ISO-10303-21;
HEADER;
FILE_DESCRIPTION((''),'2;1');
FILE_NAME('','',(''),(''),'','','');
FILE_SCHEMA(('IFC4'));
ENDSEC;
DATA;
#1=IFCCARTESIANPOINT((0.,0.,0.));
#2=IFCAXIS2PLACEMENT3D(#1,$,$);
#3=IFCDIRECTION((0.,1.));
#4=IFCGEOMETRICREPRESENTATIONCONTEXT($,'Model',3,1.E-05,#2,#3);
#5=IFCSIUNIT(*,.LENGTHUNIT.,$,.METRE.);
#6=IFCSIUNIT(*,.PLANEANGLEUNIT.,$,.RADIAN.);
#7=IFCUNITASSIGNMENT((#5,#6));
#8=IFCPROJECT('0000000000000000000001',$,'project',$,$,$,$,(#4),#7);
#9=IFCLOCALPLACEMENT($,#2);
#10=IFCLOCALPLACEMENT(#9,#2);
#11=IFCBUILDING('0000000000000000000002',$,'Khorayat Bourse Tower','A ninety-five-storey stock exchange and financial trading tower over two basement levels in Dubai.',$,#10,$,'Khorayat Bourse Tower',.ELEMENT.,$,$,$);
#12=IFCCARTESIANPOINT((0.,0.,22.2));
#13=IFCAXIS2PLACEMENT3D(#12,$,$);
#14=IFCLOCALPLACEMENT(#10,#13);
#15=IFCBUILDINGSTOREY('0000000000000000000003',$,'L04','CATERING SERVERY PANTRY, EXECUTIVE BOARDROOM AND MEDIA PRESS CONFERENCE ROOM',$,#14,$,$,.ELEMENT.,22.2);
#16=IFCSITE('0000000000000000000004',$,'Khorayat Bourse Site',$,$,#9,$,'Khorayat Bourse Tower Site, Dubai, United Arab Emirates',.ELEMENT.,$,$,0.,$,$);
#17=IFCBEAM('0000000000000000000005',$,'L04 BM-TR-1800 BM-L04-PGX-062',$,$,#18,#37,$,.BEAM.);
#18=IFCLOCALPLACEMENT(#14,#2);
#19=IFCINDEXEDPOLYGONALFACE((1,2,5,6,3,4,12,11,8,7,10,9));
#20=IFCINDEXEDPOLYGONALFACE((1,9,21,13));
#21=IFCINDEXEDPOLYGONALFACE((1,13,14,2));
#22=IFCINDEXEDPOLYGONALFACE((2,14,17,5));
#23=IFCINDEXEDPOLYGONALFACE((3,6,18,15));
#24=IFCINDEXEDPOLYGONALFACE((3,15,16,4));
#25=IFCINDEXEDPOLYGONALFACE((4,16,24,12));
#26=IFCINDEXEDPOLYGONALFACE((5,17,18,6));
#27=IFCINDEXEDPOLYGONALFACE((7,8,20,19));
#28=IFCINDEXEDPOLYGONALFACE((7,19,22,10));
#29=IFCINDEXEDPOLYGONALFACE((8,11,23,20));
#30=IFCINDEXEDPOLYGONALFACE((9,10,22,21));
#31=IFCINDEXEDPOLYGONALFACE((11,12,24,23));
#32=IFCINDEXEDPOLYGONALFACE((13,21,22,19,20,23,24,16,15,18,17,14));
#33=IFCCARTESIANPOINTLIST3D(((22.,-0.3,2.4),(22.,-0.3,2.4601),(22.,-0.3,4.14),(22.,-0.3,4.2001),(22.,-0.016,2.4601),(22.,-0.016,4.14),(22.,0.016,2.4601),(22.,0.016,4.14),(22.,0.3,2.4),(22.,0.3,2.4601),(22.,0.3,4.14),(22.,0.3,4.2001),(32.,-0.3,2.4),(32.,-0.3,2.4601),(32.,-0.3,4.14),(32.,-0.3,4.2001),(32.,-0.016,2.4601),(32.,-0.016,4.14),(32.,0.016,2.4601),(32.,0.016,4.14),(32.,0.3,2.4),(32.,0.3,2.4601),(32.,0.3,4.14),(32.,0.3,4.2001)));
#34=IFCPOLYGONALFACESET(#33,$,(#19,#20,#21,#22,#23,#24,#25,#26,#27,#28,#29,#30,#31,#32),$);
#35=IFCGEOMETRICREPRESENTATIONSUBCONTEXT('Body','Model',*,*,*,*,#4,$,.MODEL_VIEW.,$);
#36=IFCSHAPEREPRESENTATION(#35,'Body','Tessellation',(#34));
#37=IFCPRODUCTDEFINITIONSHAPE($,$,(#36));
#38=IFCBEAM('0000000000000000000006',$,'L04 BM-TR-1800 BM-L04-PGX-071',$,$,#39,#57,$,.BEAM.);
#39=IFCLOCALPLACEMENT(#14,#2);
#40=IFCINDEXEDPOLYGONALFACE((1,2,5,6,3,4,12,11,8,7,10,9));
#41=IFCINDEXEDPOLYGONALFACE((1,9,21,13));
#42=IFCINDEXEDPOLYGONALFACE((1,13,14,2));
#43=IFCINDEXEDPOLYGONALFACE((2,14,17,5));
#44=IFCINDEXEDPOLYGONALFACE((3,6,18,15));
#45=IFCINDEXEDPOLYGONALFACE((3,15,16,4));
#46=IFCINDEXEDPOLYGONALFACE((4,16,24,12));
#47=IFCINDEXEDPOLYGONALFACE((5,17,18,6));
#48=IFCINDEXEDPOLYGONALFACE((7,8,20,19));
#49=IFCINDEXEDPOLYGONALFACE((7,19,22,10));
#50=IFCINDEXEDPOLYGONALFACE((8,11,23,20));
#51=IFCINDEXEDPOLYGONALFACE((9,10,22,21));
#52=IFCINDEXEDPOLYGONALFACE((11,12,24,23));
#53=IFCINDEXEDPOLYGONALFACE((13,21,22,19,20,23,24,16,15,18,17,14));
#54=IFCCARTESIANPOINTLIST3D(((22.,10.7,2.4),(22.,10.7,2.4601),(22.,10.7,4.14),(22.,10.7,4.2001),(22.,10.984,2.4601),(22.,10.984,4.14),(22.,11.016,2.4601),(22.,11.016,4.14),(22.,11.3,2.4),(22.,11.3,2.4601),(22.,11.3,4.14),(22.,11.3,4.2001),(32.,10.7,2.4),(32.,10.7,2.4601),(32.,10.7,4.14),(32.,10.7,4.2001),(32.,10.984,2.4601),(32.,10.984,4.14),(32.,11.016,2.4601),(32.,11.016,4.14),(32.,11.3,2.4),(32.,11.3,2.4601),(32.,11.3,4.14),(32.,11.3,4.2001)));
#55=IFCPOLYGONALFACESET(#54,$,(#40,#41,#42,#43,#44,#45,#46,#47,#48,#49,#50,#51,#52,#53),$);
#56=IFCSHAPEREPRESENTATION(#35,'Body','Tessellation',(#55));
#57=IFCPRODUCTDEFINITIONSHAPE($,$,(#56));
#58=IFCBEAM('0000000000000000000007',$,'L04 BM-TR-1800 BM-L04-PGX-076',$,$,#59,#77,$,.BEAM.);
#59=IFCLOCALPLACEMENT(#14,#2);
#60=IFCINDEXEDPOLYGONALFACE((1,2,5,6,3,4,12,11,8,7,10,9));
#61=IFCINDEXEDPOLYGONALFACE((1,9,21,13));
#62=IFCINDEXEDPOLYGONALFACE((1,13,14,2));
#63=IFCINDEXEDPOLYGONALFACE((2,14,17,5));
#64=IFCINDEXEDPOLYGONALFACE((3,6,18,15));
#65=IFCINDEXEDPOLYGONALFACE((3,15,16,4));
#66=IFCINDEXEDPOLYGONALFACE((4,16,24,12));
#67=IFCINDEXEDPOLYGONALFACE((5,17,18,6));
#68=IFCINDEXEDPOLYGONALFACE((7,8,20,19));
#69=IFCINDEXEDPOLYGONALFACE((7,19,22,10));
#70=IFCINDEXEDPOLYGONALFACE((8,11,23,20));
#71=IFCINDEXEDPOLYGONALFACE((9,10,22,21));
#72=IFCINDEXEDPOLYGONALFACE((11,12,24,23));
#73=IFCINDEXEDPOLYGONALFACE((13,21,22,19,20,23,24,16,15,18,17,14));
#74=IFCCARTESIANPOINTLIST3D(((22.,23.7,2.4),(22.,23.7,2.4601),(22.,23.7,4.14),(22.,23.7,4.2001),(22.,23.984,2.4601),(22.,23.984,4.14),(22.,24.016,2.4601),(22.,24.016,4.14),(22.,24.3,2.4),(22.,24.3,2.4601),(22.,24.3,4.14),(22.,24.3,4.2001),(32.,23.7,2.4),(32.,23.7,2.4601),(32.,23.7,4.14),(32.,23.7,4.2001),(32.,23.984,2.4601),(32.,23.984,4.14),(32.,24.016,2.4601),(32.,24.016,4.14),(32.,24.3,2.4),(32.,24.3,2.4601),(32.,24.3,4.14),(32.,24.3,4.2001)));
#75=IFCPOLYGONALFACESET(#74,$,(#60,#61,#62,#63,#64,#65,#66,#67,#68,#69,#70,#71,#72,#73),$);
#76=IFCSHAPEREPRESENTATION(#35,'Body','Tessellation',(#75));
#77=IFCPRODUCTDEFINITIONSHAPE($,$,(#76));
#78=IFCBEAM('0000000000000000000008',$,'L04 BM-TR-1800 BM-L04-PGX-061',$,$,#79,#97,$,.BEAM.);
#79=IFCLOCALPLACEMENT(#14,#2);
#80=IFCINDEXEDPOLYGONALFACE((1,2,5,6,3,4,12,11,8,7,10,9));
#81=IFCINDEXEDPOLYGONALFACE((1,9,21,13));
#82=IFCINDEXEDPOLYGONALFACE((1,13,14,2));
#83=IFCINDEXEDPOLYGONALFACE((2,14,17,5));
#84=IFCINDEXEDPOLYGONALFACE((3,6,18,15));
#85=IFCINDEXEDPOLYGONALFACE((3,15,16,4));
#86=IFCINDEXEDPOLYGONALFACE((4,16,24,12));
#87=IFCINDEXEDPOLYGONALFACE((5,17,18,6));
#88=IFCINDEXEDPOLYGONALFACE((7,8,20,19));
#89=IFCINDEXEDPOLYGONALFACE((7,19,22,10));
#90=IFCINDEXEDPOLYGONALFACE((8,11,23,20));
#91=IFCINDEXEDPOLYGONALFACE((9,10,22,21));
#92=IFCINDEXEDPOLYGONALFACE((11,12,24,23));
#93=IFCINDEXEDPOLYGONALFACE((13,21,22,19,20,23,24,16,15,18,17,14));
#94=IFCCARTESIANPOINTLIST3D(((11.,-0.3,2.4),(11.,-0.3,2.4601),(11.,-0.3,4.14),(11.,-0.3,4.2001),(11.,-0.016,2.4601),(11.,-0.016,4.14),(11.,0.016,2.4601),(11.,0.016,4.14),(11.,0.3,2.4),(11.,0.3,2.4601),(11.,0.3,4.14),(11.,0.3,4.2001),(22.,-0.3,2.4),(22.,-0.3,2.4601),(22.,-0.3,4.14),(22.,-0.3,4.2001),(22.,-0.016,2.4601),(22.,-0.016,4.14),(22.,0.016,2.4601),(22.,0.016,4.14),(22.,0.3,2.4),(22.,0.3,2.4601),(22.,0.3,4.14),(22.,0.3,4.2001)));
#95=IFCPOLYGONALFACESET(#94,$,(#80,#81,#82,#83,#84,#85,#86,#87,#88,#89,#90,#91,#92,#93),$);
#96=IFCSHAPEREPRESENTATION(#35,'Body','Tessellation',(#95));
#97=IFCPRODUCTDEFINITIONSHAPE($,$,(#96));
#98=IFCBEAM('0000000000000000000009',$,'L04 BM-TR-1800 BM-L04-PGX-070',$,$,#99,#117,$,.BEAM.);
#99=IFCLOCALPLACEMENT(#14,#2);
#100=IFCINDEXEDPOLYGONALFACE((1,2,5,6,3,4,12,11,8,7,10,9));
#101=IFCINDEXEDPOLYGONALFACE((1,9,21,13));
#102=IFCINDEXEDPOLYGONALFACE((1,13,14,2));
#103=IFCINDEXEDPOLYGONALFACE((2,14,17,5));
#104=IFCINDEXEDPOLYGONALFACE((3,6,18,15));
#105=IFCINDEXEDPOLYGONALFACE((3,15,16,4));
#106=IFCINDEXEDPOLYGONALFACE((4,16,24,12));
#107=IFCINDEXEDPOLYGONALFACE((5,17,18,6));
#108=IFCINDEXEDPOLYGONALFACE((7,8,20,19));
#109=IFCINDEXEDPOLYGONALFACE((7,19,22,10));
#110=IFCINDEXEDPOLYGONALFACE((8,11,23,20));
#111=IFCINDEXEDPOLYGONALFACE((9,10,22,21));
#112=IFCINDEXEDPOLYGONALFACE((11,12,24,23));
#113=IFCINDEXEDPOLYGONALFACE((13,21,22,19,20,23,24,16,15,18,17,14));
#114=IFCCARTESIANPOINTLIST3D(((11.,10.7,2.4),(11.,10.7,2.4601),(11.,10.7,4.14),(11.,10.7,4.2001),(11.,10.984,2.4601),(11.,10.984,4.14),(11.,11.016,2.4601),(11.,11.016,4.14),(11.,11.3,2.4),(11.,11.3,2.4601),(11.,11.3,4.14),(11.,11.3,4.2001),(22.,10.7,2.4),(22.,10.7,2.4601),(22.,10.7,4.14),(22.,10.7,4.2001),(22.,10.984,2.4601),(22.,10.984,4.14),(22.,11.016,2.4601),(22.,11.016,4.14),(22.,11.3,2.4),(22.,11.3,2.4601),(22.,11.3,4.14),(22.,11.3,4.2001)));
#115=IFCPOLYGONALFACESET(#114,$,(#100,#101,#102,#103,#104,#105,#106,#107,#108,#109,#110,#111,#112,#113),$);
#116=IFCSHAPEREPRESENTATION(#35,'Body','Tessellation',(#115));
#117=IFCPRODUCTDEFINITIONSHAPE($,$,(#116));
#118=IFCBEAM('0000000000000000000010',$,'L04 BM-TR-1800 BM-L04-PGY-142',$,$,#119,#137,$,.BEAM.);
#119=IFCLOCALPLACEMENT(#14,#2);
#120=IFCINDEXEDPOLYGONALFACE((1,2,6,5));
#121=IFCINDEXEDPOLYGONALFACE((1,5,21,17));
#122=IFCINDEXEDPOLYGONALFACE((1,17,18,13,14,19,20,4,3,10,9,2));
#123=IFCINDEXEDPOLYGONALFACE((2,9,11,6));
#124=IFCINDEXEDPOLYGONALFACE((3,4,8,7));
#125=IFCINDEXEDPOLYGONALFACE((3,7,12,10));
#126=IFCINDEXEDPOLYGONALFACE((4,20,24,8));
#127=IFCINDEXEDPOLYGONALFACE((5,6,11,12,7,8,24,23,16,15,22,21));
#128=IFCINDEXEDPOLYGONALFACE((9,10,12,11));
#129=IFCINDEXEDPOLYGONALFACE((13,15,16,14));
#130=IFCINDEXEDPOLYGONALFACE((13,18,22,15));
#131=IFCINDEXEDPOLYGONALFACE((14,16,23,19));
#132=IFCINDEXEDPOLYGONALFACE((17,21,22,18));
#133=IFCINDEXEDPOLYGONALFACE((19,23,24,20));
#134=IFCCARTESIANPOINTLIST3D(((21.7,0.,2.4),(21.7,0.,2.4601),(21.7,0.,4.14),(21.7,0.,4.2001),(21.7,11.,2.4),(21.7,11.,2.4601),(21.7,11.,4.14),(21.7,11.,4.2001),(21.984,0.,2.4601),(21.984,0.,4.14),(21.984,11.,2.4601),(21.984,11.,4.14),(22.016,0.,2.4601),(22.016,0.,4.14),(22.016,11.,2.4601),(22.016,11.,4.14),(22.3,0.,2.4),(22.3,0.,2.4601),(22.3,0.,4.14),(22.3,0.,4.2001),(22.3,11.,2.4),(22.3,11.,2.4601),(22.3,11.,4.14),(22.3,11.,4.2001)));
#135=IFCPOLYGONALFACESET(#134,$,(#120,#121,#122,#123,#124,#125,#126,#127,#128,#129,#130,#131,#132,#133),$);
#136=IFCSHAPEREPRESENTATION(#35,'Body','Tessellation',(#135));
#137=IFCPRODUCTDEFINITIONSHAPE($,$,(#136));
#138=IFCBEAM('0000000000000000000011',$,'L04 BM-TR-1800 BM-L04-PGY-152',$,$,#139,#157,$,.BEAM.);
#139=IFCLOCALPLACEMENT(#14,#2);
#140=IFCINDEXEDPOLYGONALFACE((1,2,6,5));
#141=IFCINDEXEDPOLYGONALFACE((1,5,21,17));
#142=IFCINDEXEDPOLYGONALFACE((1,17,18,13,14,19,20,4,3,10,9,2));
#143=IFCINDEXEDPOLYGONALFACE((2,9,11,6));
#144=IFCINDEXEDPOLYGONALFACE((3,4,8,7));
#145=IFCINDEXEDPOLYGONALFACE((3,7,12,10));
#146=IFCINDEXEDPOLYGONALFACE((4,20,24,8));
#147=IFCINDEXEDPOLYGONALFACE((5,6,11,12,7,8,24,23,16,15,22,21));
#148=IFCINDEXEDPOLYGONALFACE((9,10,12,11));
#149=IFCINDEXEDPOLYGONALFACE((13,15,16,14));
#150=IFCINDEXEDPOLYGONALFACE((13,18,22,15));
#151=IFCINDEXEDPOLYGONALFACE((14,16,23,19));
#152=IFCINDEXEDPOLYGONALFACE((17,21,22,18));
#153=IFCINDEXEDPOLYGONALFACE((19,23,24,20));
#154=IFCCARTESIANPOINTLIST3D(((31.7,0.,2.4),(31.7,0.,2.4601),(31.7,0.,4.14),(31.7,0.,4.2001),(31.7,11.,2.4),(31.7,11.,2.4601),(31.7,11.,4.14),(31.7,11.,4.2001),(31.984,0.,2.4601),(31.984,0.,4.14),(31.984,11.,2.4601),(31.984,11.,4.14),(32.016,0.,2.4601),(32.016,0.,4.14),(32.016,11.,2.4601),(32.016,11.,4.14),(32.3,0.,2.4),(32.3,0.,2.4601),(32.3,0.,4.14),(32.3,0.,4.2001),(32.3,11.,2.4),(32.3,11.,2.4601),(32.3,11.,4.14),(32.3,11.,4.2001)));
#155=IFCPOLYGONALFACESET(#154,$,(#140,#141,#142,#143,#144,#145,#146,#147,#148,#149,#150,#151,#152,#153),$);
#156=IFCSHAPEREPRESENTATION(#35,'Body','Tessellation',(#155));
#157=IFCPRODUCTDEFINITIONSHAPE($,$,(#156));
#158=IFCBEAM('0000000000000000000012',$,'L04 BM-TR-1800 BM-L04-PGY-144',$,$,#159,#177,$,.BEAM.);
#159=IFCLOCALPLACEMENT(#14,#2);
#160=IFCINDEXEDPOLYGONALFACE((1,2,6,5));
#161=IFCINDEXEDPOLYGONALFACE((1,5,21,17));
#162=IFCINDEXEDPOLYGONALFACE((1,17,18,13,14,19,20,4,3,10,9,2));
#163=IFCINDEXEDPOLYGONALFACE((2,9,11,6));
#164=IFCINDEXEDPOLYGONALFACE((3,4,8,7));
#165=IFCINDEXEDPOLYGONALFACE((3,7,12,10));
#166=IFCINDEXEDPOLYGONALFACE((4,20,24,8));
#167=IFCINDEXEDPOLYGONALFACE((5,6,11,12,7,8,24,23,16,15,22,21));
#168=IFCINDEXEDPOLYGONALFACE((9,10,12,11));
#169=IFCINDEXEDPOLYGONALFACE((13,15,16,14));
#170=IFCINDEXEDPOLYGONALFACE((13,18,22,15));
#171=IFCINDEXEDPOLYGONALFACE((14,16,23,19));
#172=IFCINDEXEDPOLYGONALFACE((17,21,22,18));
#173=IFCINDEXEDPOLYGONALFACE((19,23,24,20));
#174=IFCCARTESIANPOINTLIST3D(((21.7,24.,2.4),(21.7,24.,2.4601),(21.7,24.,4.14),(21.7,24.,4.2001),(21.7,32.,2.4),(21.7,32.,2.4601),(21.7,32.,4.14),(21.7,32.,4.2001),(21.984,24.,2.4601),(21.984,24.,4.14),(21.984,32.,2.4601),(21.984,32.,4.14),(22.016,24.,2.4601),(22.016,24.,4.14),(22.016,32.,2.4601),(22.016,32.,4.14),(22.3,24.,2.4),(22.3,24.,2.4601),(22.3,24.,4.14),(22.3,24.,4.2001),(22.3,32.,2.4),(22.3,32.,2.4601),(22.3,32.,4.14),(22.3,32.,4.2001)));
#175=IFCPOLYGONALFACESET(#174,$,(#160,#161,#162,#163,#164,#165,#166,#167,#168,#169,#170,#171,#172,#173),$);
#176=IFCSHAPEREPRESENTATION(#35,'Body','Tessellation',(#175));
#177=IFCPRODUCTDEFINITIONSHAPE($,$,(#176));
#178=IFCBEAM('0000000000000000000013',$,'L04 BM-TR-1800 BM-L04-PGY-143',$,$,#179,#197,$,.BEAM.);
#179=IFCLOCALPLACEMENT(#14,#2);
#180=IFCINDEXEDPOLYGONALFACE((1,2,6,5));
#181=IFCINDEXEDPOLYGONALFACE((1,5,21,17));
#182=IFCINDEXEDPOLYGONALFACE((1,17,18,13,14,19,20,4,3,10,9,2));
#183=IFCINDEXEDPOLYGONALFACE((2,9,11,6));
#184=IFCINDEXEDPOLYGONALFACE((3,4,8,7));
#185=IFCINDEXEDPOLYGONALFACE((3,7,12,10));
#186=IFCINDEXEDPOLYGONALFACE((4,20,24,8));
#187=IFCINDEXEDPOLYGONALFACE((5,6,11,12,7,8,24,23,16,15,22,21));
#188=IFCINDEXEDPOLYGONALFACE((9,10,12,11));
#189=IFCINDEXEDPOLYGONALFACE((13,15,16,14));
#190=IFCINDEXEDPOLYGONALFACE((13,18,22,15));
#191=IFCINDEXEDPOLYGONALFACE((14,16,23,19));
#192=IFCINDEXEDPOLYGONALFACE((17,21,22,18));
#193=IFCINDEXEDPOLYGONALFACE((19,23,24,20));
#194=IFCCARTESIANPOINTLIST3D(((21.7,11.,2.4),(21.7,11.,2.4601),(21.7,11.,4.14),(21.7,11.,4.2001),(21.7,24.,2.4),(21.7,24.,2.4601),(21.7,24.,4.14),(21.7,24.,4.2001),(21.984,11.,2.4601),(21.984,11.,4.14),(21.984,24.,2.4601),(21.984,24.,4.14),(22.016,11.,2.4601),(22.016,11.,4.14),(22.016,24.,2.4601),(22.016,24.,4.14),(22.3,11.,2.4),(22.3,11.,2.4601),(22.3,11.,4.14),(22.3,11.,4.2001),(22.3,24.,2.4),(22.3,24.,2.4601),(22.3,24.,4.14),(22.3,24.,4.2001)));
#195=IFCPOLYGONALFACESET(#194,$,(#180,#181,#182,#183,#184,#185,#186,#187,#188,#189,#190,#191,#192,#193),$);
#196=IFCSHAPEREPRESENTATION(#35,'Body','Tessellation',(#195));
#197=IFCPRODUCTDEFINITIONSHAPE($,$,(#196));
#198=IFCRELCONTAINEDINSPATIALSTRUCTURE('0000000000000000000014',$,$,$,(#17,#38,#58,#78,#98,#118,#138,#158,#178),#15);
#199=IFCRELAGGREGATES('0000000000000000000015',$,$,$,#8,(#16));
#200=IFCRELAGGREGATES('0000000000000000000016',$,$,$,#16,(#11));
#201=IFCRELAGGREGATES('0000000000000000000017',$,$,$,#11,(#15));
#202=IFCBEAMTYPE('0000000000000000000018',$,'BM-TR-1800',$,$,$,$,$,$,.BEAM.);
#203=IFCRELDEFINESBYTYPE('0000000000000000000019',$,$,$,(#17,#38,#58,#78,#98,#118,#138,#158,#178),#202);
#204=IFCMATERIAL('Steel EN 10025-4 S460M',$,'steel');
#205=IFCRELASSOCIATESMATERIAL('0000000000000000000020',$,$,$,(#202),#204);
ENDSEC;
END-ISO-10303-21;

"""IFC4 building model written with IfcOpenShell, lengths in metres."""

from ifc_helpers import new_model, si_unit, direction, frame, origin, origin_2d, place, context, subcontext, project, spatial, i_section, extrude, source, transform, mapped, material, material_profile, profile_set, type_object, element, save


model = new_model("IFC4")

# Units and contexts
model_context = context("Model", 3, precision=1e-05, world=origin(), true_north=direction((0.0, 1.0)))
body_context = subcontext(model_context, "Body", "Model", "MODEL_VIEW")
ifc_project = project(units=[si_unit("LENGTHUNIT", "METRE"), si_unit("PLANEANGLEUNIT", "RADIAN")], contexts=[model_context])

# Site, building, storey
site_placement = place(None, origin())
site = spatial("IfcSite", under=ifc_project, at=site_placement, Name="Khorayat Bourse Site", LongName="Khorayat Bourse Tower Site, Dubai, United Arab Emirates", CompositionType="ELEMENT", RefElevation=0.0)
building_placement = place(site_placement, origin())
building = spatial("IfcBuilding", under=site, at=building_placement, Name="Khorayat Bourse Tower", Description="A ninety-five-storey stock exchange and financial trading tower over two basement levels in Dubai.", LongName="Khorayat Bourse Tower", CompositionType="ELEMENT")
storey_placement = place(building_placement, frame((0.0, 0.0, 22.2)))
storey = spatial("IfcBuildingStorey", under=building, at=storey_placement, Name="L04", Description="CATERING SERVERY PANTRY, EXECUTIVE BOARDROOM AND MEDIA PRESS CONFERENCE ROOM", CompositionType="ELEMENT", Elevation=22.2)

# Beams
ifc_material_1 = material(Name="Steel EN 10025-4 S460M", Category="steel")
ifc_material_profile_1 = material_profile(ifc_material_1, i_section(OverallWidth=0.6001, OverallDepth=1.8, WebThickness=0.032, FlangeThickness=0.0601, at=origin_2d()), Name="PG 1800x600x32x60")
ifc_profile_set_1 = profile_set([ifc_material_profile_1], Name="Steel EN 10025-4 S460M")
beam_type_1 = type_object("IfcBeamType", Name="BM-TR-1800", PredefinedType="BEAM", material=ifc_profile_set_1)
shared_shape_1 = source(origin(), body_context, "Body", "SweptSolid", [
    extrude(i_section(OverallWidth=0.6001, OverallDepth=1.8, WebThickness=0.032, FlangeThickness=0.0601, at=origin_2d()), origin(), (0.0, 0.0, 1.0), 10.0),
])
for number, where, z_axis, x_axis, name in (
    (1, (22.0, 0.0, 3.3), (1.0, 0.0, 0.0), (0.0, 1.0, 0.0), "L04 BM-TR-1800 BM-L04-PGX-062"),
    (2, (22.0, 11.0, 3.3), (1.0, 0.0, 0.0), (0.0, 1.0, 0.0), "L04 BM-TR-1800 BM-L04-PGX-071"),
    (3, (22.0, 24.0, 3.3), (1.0, 0.0, 0.0), (0.0, 1.0, 0.0), "L04 BM-TR-1800 BM-L04-PGX-076"),
):
    element("IfcBeam", number, at=place(storey_placement, frame(where, z_axis=z_axis, x_axis=x_axis)), inside=storey, type_object=beam_type_1, Name=name, PredefinedType="BEAM", context=body_context, shape_type="MappedRepresentation", body=[
        mapped(shared_shape_1, transform((0.0, 0.0, 0.0), scale=1.0)),
    ])
shared_shape_2 = source(origin(), body_context, "Body", "SweptSolid", [
    extrude(i_section(OverallWidth=0.6001, OverallDepth=1.8, WebThickness=0.032, FlangeThickness=0.0601, at=origin_2d()), origin(), (0.0, 0.0, 1.0), 11.0),
])
for number, where, z_axis, x_axis, name in (
    (4, (11.0, 0.0, 3.3), (1.0, 0.0, 0.0), (0.0, 1.0, 0.0), "L04 BM-TR-1800 BM-L04-PGX-061"),
    (5, (11.0, 11.0, 3.3), (1.0, 0.0, 0.0), (0.0, 1.0, 0.0), "L04 BM-TR-1800 BM-L04-PGX-070"),
    (6, (22.0, 0.0, 3.3), (0.0, 1.0, 0.0), (-1.0, 0.0, 0.0), "L04 BM-TR-1800 BM-L04-PGY-142"),
    (7, (32.0, 0.0, 3.3), (0.0, 1.0, 0.0), (-1.0, 0.0, 0.0), "L04 BM-TR-1800 BM-L04-PGY-152"),
):
    element("IfcBeam", number, at=place(storey_placement, frame(where, z_axis=z_axis, x_axis=x_axis)), inside=storey, type_object=beam_type_1, Name=name, PredefinedType="BEAM", context=body_context, shape_type="MappedRepresentation", body=[
        mapped(shared_shape_2, transform((0.0, 0.0, 0.0), scale=1.0)),
    ])
shared_shape_3 = source(origin(), body_context, "Body", "SweptSolid", [
    extrude(i_section(OverallWidth=0.6001, OverallDepth=1.8, WebThickness=0.032, FlangeThickness=0.0601, at=origin_2d()), origin(), (0.0, 0.0, 1.0), 8.0),
])
beam_1_placement = place(storey_placement, frame((22.0, 24.0, 3.3), z_axis=(0.0, 1.0, 0.0), x_axis=(-1.0, 0.0, 0.0)))
element("IfcBeam", 8, at=beam_1_placement, inside=storey, type_object=beam_type_1, Name="L04 BM-TR-1800 BM-L04-PGY-144", PredefinedType="BEAM", context=body_context, shape_type="MappedRepresentation", body=[
    mapped(shared_shape_3, transform((0.0, 0.0, 0.0), scale=1.0)),
])
shared_shape_4 = source(origin(), body_context, "Body", "SweptSolid", [
    extrude(i_section(OverallWidth=0.6001, OverallDepth=1.8, WebThickness=0.032, FlangeThickness=0.0601, at=origin_2d()), origin(), (0.0, 0.0, 1.0), 13.0),
])
for number, where, z_axis, x_axis, name in (
    (9, (22.0, 11.0, 3.3), (0.0, 1.0, 0.0), (-1.0, 0.0, 0.0), "L04 BM-TR-1800 BM-L04-PGY-143"),
):
    element("IfcBeam", number, at=place(storey_placement, frame(where, z_axis=z_axis, x_axis=x_axis)), inside=storey, type_object=beam_type_1, Name=name, PredefinedType="BEAM", context=body_context, shape_type="MappedRepresentation", body=[
        mapped(shared_shape_4, transform((0.0, 0.0, 0.0), scale=1.0)),
    ])

save(model, "model.ifc")
